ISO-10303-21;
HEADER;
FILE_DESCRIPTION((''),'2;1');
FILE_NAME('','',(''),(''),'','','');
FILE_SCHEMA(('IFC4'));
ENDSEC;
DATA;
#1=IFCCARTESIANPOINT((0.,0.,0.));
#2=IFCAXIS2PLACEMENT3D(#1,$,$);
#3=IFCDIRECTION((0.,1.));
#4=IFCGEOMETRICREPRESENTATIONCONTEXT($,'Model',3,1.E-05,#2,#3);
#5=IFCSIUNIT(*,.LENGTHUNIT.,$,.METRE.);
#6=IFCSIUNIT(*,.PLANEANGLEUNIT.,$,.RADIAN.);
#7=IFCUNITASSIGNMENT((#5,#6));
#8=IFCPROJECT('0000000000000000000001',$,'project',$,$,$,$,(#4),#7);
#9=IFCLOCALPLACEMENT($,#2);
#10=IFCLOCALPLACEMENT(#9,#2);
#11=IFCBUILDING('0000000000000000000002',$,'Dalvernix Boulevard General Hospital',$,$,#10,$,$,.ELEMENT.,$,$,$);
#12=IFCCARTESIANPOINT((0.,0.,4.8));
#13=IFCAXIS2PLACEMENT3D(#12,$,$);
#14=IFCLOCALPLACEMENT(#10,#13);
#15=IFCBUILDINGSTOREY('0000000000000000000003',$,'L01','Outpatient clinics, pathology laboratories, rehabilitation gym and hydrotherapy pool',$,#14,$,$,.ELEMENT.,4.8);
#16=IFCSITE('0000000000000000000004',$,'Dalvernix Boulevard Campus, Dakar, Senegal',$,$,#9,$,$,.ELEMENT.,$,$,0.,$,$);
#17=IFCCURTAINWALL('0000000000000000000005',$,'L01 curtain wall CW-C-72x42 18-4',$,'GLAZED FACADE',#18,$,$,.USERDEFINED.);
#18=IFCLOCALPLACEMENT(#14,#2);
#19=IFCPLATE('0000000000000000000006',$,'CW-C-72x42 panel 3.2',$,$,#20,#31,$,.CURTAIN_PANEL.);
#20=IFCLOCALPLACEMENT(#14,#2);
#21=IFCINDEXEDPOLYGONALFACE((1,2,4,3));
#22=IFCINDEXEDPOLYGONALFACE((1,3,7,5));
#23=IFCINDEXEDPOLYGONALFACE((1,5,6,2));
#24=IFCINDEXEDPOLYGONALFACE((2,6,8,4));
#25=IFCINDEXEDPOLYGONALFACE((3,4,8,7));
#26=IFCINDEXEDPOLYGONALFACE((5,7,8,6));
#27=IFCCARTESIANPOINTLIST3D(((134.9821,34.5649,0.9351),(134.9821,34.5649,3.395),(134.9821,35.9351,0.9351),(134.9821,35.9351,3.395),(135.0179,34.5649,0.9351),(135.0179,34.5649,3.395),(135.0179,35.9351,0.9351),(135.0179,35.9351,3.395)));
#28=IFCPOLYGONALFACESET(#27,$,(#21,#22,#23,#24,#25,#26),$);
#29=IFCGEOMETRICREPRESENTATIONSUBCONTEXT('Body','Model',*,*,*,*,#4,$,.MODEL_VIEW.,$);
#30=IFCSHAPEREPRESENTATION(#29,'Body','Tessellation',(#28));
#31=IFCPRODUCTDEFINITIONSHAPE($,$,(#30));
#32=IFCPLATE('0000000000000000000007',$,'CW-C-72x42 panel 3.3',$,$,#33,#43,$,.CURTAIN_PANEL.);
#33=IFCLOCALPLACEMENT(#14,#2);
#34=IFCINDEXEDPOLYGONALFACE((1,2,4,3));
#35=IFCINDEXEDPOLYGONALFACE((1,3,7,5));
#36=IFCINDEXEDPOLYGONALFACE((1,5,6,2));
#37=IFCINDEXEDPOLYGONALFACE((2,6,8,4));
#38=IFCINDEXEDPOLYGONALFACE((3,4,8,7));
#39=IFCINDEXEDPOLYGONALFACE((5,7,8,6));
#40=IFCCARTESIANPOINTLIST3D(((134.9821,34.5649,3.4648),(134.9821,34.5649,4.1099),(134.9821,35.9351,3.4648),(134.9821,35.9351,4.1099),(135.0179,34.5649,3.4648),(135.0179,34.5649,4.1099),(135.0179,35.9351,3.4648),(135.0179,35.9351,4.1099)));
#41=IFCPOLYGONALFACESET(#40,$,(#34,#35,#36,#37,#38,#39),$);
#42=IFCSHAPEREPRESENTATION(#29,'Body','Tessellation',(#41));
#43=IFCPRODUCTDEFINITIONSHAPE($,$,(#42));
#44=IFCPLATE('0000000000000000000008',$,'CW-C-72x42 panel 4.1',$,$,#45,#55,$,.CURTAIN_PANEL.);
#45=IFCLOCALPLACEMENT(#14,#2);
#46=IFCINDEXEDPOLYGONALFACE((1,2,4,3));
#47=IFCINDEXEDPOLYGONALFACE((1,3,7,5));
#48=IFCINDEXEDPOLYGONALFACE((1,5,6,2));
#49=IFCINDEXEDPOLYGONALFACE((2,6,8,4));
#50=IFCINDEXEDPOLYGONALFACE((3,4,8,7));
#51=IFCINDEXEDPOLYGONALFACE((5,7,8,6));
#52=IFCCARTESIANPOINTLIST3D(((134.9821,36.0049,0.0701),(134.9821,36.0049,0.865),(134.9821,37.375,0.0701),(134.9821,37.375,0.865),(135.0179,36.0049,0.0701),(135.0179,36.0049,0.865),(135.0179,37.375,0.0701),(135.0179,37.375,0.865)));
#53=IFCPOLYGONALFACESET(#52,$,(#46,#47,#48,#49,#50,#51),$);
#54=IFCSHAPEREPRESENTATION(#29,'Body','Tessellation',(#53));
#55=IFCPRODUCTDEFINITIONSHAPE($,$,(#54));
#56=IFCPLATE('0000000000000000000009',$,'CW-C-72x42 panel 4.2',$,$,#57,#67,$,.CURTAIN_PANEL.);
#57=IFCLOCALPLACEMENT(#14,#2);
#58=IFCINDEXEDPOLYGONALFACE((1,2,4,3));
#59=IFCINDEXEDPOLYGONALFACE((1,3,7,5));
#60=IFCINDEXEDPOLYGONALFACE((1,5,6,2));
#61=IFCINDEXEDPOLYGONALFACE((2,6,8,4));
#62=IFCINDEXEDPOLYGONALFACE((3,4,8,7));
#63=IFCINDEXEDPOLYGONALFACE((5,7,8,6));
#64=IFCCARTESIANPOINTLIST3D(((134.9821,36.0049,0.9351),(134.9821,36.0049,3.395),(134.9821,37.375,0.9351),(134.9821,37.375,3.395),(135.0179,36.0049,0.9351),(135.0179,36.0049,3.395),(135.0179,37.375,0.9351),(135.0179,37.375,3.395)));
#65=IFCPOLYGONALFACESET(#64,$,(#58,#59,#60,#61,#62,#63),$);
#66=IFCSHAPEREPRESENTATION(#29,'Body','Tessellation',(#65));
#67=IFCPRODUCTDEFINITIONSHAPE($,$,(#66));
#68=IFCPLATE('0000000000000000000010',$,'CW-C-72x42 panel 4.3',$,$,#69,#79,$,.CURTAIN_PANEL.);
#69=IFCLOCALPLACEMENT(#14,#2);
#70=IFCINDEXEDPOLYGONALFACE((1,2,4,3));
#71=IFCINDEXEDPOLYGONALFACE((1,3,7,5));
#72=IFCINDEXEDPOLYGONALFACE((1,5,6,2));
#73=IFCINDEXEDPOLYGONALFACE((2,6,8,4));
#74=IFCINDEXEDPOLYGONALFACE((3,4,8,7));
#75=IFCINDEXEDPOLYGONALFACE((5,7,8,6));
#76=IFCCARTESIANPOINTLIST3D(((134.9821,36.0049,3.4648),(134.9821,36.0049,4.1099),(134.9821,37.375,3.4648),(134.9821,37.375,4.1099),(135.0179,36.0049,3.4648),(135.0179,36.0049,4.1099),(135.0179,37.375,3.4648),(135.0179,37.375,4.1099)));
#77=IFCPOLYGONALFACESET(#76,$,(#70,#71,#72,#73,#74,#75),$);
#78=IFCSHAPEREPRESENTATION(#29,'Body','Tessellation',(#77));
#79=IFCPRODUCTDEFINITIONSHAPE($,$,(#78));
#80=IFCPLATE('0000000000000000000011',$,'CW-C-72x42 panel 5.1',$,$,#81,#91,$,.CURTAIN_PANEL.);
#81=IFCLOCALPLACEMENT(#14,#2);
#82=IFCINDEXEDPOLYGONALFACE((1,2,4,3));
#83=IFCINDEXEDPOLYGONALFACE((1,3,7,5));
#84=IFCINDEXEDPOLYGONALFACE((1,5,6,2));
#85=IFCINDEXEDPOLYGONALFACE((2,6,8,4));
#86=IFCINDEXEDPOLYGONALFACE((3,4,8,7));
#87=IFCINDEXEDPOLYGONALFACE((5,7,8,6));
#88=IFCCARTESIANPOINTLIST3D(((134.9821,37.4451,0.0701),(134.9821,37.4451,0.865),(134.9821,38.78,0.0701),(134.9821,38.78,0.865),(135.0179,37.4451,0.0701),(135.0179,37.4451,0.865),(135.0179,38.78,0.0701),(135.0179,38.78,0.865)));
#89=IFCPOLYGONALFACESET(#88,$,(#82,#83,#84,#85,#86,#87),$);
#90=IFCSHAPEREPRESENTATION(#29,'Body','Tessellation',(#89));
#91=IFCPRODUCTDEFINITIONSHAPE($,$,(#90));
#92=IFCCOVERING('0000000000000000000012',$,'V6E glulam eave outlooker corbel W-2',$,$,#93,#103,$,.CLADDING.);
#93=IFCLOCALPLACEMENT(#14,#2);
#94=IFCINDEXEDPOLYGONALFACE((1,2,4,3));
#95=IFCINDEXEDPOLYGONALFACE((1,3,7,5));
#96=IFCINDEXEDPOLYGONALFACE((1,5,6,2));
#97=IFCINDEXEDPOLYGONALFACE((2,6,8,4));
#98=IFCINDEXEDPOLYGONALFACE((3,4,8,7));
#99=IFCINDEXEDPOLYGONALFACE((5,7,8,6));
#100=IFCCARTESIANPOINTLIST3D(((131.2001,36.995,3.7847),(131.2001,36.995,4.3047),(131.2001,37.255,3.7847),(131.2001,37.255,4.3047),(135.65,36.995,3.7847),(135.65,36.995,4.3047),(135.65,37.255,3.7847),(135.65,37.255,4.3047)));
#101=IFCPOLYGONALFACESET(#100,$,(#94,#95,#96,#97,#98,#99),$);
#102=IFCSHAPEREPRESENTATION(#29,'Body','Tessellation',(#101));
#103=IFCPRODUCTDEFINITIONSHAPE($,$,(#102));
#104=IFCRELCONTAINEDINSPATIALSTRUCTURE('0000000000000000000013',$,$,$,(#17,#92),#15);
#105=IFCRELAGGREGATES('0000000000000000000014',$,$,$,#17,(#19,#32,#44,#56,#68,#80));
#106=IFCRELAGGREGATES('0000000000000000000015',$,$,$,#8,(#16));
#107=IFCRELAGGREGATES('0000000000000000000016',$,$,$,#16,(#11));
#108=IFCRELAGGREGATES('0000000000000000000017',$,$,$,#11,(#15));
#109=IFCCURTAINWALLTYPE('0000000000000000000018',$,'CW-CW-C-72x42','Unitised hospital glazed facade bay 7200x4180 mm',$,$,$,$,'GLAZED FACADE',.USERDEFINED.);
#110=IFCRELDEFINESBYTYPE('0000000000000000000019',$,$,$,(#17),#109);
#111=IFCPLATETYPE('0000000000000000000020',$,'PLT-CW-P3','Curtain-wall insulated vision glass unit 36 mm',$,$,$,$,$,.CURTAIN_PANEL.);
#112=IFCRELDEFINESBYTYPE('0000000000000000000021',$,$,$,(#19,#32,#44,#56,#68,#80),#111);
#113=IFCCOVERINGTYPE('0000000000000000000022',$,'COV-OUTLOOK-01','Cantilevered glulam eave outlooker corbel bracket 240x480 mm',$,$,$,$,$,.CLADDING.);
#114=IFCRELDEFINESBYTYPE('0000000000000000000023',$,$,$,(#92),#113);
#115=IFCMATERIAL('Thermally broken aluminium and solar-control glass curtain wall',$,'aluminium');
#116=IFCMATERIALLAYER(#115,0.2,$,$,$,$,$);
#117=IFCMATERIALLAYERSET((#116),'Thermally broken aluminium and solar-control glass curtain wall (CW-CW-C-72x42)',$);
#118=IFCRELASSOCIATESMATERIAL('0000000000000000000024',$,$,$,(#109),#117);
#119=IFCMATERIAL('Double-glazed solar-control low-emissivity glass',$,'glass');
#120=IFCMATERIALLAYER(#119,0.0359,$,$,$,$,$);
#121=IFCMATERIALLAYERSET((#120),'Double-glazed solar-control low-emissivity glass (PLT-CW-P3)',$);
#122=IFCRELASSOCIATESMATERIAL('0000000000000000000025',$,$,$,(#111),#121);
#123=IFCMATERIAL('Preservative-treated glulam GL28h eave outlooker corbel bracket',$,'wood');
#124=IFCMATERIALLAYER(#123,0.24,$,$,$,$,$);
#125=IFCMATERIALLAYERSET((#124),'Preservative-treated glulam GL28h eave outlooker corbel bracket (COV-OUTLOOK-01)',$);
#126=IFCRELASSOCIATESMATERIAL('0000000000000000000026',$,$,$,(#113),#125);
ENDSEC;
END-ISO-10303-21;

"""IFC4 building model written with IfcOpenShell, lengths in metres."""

from ifc_helpers import new_model, si_unit, direction, frame, origin, origin_2d, place, context, subcontext, project, spatial, rectangle, extrude, material, layer, layer_set, type_object, element, aggregate, save


model = new_model("IFC4")

# Units and contexts
model_context = context("Model", 3, precision=1e-05, world=origin(), true_north=direction((0.0, 1.0)))
body_context = subcontext(model_context, "Body", "Model", "MODEL_VIEW")
ifc_project = project(units=[si_unit("LENGTHUNIT", "METRE"), si_unit("PLANEANGLEUNIT", "RADIAN")], contexts=[model_context])

# Site, building, storey
site_placement = place(None, origin())
site = spatial("IfcSite", under=ifc_project, at=site_placement, Name="Dalvernix Boulevard Campus, Dakar, Senegal", CompositionType="ELEMENT", RefElevation=0.0)
building_placement = place(site_placement, origin())
building = spatial("IfcBuilding", under=site, at=building_placement, Name="Dalvernix Boulevard General Hospital", CompositionType="ELEMENT")
storey_placement = place(building_placement, frame((0.0, 0.0, 4.8)))
storey = spatial("IfcBuildingStorey", under=building, at=storey_placement, Name="L01", Description="Outpatient clinics, pathology laboratories, rehabilitation gym and hydrotherapy pool", CompositionType="ELEMENT", Elevation=4.8)

# Curtain wall, plates
ifc_material_1 = material(Name="Thermally broken aluminium and solar-control glass curtain wall", Category="aluminium")
ifc_layer_1 = layer(ifc_material_1, 0.2)
ifc_layer_set_1 = layer_set([ifc_layer_1], Name="Thermally broken aluminium and solar-control glass curtain wall (CW-CW-C-72x42)")
curtain_wall_type = type_object("IfcCurtainWallType", Name="CW-CW-C-72x42", Description="Unitised hospital glazed facade bay 7200x4180 mm", ElementType="GLAZED FACADE", PredefinedType="USERDEFINED", material=ifc_layer_set_1)
curtain_wall_placement = place(storey_placement, origin())
curtain_wall = element("IfcCurtainWall", 1, at=curtain_wall_placement, inside=storey, type_object=curtain_wall_type, Name="L01 curtain wall CW-C-72x42 18-4", ObjectType="GLAZED FACADE", PredefinedType="USERDEFINED")
ifc_material_2 = material(Name="Double-glazed solar-control low-emissivity glass", Category="glass")
ifc_layer_2 = layer(ifc_material_2, 0.0359)
ifc_layer_set_2 = layer_set([ifc_layer_2], Name="Double-glazed solar-control low-emissivity glass (PLT-CW-P3)")
plate_type = type_object("IfcPlateType", Name="PLT-CW-P3", Description="Curtain-wall insulated vision glass unit 36 mm", PredefinedType="CURTAIN_PANEL", material=ifc_layer_set_2)
plate_1_placement = place(storey_placement, frame((135.0, 35.25, 0.9351), z_axis=(0.0, 0.0, 1.0), x_axis=(0.0, 1.0, 0.0)))
plate_1 = element("IfcPlate", 2, at=plate_1_placement, type_object=plate_type, Name="CW-C-72x42 panel 3.2", PredefinedType="CURTAIN_PANEL", context=body_context, shape_type="SweptSolid", body=[
    extrude(rectangle(XDim=1.3701, YDim=0.0359, at=origin_2d()), origin(), (0.0, 0.0, 1.0), 2.46),
])
plate_2_placement = place(storey_placement, frame((135.0, 35.25, 3.4648), z_axis=(0.0, 0.0, 1.0), x_axis=(0.0, 1.0, 0.0)))
plate_2 = element("IfcPlate", 3, at=plate_2_placement, type_object=plate_type, Name="CW-C-72x42 panel 3.3", PredefinedType="CURTAIN_PANEL", context=body_context, shape_type="SweptSolid", body=[
    extrude(rectangle(XDim=1.3701, YDim=0.0359, at=origin_2d()), origin(), (0.0, 0.0, 1.0), 0.645),
])
plate_3_placement = place(storey_placement, frame((135.0, 36.6899, 0.0701), z_axis=(0.0, 0.0, 1.0), x_axis=(0.0, 1.0, 0.0)))
plate_3 = element("IfcPlate", 4, at=plate_3_placement, type_object=plate_type, Name="CW-C-72x42 panel 4.1", PredefinedType="CURTAIN_PANEL", context=body_context, shape_type="SweptSolid", body=[
    extrude(rectangle(XDim=1.3701, YDim=0.0359, at=origin_2d()), origin(), (0.0, 0.0, 1.0), 0.7949),
])
plate_4_placement = place(storey_placement, frame((135.0, 36.6899, 0.9351), z_axis=(0.0, 0.0, 1.0), x_axis=(0.0, 1.0, 0.0)))
plate_4 = element("IfcPlate", 5, at=plate_4_placement, type_object=plate_type, Name="CW-C-72x42 panel 4.2", PredefinedType="CURTAIN_PANEL", context=body_context, shape_type="SweptSolid", body=[
    extrude(rectangle(XDim=1.3701, YDim=0.0359, at=origin_2d()), origin(), (0.0, 0.0, 1.0), 2.46),
])
plate_5_placement = place(storey_placement, frame((135.0, 36.6899, 3.4648), z_axis=(0.0, 0.0, 1.0), x_axis=(0.0, 1.0, 0.0)))
plate_5 = element("IfcPlate", 6, at=plate_5_placement, type_object=plate_type, Name="CW-C-72x42 panel 4.3", PredefinedType="CURTAIN_PANEL", context=body_context, shape_type="SweptSolid", body=[
    extrude(rectangle(XDim=1.3701, YDim=0.0359, at=origin_2d()), origin(), (0.0, 0.0, 1.0), 0.645),
])
plate_6_placement = place(storey_placement, frame((135.0, 38.1125, 0.0701), z_axis=(0.0, 0.0, 1.0), x_axis=(0.0, 1.0, 0.0)))
plate_6 = element("IfcPlate", 7, at=plate_6_placement, type_object=plate_type, Name="CW-C-72x42 panel 5.1", PredefinedType="CURTAIN_PANEL", context=body_context, shape_type="SweptSolid", body=[
    extrude(rectangle(XDim=1.335, YDim=0.0359, at=origin_2d()), origin(), (0.0, 0.0, 1.0), 0.7949),
])
aggregate(curtain_wall, [plate_1, plate_2, plate_3, plate_4, plate_5, plate_6])

# Covering
ifc_material_3 = material(Name="Preservative-treated glulam GL28h eave outlooker corbel bracket", Category="wood")
ifc_layer_3 = layer(ifc_material_3, 0.24)
ifc_layer_set_3 = layer_set([ifc_layer_3], Name="Preservative-treated glulam GL28h eave outlooker corbel bracket (COV-OUTLOOK-01)")
covering_type = type_object("IfcCoveringType", Name="COV-OUTLOOK-01", Description="Cantilevered glulam eave outlooker corbel bracket 240x480 mm", PredefinedType="CLADDING", material=ifc_layer_set_3)
covering_placement = place(storey_placement, frame((133.425, 37.125, 3.7847), z_axis=(0.0, 0.0, 1.0), x_axis=(1.0, 0.0, 0.0)))
element("IfcCovering", 8, at=covering_placement, inside=storey, type_object=covering_type, Name="V6E glulam eave outlooker corbel W-2", PredefinedType="CLADDING", context=body_context, shape_type="SweptSolid", body=[
    extrude(rectangle(XDim=4.45, YDim=0.26, at=origin_2d()), origin(), (0.0, 0.0, 1.0), 0.52),
])

save(model, "model.ifc")
